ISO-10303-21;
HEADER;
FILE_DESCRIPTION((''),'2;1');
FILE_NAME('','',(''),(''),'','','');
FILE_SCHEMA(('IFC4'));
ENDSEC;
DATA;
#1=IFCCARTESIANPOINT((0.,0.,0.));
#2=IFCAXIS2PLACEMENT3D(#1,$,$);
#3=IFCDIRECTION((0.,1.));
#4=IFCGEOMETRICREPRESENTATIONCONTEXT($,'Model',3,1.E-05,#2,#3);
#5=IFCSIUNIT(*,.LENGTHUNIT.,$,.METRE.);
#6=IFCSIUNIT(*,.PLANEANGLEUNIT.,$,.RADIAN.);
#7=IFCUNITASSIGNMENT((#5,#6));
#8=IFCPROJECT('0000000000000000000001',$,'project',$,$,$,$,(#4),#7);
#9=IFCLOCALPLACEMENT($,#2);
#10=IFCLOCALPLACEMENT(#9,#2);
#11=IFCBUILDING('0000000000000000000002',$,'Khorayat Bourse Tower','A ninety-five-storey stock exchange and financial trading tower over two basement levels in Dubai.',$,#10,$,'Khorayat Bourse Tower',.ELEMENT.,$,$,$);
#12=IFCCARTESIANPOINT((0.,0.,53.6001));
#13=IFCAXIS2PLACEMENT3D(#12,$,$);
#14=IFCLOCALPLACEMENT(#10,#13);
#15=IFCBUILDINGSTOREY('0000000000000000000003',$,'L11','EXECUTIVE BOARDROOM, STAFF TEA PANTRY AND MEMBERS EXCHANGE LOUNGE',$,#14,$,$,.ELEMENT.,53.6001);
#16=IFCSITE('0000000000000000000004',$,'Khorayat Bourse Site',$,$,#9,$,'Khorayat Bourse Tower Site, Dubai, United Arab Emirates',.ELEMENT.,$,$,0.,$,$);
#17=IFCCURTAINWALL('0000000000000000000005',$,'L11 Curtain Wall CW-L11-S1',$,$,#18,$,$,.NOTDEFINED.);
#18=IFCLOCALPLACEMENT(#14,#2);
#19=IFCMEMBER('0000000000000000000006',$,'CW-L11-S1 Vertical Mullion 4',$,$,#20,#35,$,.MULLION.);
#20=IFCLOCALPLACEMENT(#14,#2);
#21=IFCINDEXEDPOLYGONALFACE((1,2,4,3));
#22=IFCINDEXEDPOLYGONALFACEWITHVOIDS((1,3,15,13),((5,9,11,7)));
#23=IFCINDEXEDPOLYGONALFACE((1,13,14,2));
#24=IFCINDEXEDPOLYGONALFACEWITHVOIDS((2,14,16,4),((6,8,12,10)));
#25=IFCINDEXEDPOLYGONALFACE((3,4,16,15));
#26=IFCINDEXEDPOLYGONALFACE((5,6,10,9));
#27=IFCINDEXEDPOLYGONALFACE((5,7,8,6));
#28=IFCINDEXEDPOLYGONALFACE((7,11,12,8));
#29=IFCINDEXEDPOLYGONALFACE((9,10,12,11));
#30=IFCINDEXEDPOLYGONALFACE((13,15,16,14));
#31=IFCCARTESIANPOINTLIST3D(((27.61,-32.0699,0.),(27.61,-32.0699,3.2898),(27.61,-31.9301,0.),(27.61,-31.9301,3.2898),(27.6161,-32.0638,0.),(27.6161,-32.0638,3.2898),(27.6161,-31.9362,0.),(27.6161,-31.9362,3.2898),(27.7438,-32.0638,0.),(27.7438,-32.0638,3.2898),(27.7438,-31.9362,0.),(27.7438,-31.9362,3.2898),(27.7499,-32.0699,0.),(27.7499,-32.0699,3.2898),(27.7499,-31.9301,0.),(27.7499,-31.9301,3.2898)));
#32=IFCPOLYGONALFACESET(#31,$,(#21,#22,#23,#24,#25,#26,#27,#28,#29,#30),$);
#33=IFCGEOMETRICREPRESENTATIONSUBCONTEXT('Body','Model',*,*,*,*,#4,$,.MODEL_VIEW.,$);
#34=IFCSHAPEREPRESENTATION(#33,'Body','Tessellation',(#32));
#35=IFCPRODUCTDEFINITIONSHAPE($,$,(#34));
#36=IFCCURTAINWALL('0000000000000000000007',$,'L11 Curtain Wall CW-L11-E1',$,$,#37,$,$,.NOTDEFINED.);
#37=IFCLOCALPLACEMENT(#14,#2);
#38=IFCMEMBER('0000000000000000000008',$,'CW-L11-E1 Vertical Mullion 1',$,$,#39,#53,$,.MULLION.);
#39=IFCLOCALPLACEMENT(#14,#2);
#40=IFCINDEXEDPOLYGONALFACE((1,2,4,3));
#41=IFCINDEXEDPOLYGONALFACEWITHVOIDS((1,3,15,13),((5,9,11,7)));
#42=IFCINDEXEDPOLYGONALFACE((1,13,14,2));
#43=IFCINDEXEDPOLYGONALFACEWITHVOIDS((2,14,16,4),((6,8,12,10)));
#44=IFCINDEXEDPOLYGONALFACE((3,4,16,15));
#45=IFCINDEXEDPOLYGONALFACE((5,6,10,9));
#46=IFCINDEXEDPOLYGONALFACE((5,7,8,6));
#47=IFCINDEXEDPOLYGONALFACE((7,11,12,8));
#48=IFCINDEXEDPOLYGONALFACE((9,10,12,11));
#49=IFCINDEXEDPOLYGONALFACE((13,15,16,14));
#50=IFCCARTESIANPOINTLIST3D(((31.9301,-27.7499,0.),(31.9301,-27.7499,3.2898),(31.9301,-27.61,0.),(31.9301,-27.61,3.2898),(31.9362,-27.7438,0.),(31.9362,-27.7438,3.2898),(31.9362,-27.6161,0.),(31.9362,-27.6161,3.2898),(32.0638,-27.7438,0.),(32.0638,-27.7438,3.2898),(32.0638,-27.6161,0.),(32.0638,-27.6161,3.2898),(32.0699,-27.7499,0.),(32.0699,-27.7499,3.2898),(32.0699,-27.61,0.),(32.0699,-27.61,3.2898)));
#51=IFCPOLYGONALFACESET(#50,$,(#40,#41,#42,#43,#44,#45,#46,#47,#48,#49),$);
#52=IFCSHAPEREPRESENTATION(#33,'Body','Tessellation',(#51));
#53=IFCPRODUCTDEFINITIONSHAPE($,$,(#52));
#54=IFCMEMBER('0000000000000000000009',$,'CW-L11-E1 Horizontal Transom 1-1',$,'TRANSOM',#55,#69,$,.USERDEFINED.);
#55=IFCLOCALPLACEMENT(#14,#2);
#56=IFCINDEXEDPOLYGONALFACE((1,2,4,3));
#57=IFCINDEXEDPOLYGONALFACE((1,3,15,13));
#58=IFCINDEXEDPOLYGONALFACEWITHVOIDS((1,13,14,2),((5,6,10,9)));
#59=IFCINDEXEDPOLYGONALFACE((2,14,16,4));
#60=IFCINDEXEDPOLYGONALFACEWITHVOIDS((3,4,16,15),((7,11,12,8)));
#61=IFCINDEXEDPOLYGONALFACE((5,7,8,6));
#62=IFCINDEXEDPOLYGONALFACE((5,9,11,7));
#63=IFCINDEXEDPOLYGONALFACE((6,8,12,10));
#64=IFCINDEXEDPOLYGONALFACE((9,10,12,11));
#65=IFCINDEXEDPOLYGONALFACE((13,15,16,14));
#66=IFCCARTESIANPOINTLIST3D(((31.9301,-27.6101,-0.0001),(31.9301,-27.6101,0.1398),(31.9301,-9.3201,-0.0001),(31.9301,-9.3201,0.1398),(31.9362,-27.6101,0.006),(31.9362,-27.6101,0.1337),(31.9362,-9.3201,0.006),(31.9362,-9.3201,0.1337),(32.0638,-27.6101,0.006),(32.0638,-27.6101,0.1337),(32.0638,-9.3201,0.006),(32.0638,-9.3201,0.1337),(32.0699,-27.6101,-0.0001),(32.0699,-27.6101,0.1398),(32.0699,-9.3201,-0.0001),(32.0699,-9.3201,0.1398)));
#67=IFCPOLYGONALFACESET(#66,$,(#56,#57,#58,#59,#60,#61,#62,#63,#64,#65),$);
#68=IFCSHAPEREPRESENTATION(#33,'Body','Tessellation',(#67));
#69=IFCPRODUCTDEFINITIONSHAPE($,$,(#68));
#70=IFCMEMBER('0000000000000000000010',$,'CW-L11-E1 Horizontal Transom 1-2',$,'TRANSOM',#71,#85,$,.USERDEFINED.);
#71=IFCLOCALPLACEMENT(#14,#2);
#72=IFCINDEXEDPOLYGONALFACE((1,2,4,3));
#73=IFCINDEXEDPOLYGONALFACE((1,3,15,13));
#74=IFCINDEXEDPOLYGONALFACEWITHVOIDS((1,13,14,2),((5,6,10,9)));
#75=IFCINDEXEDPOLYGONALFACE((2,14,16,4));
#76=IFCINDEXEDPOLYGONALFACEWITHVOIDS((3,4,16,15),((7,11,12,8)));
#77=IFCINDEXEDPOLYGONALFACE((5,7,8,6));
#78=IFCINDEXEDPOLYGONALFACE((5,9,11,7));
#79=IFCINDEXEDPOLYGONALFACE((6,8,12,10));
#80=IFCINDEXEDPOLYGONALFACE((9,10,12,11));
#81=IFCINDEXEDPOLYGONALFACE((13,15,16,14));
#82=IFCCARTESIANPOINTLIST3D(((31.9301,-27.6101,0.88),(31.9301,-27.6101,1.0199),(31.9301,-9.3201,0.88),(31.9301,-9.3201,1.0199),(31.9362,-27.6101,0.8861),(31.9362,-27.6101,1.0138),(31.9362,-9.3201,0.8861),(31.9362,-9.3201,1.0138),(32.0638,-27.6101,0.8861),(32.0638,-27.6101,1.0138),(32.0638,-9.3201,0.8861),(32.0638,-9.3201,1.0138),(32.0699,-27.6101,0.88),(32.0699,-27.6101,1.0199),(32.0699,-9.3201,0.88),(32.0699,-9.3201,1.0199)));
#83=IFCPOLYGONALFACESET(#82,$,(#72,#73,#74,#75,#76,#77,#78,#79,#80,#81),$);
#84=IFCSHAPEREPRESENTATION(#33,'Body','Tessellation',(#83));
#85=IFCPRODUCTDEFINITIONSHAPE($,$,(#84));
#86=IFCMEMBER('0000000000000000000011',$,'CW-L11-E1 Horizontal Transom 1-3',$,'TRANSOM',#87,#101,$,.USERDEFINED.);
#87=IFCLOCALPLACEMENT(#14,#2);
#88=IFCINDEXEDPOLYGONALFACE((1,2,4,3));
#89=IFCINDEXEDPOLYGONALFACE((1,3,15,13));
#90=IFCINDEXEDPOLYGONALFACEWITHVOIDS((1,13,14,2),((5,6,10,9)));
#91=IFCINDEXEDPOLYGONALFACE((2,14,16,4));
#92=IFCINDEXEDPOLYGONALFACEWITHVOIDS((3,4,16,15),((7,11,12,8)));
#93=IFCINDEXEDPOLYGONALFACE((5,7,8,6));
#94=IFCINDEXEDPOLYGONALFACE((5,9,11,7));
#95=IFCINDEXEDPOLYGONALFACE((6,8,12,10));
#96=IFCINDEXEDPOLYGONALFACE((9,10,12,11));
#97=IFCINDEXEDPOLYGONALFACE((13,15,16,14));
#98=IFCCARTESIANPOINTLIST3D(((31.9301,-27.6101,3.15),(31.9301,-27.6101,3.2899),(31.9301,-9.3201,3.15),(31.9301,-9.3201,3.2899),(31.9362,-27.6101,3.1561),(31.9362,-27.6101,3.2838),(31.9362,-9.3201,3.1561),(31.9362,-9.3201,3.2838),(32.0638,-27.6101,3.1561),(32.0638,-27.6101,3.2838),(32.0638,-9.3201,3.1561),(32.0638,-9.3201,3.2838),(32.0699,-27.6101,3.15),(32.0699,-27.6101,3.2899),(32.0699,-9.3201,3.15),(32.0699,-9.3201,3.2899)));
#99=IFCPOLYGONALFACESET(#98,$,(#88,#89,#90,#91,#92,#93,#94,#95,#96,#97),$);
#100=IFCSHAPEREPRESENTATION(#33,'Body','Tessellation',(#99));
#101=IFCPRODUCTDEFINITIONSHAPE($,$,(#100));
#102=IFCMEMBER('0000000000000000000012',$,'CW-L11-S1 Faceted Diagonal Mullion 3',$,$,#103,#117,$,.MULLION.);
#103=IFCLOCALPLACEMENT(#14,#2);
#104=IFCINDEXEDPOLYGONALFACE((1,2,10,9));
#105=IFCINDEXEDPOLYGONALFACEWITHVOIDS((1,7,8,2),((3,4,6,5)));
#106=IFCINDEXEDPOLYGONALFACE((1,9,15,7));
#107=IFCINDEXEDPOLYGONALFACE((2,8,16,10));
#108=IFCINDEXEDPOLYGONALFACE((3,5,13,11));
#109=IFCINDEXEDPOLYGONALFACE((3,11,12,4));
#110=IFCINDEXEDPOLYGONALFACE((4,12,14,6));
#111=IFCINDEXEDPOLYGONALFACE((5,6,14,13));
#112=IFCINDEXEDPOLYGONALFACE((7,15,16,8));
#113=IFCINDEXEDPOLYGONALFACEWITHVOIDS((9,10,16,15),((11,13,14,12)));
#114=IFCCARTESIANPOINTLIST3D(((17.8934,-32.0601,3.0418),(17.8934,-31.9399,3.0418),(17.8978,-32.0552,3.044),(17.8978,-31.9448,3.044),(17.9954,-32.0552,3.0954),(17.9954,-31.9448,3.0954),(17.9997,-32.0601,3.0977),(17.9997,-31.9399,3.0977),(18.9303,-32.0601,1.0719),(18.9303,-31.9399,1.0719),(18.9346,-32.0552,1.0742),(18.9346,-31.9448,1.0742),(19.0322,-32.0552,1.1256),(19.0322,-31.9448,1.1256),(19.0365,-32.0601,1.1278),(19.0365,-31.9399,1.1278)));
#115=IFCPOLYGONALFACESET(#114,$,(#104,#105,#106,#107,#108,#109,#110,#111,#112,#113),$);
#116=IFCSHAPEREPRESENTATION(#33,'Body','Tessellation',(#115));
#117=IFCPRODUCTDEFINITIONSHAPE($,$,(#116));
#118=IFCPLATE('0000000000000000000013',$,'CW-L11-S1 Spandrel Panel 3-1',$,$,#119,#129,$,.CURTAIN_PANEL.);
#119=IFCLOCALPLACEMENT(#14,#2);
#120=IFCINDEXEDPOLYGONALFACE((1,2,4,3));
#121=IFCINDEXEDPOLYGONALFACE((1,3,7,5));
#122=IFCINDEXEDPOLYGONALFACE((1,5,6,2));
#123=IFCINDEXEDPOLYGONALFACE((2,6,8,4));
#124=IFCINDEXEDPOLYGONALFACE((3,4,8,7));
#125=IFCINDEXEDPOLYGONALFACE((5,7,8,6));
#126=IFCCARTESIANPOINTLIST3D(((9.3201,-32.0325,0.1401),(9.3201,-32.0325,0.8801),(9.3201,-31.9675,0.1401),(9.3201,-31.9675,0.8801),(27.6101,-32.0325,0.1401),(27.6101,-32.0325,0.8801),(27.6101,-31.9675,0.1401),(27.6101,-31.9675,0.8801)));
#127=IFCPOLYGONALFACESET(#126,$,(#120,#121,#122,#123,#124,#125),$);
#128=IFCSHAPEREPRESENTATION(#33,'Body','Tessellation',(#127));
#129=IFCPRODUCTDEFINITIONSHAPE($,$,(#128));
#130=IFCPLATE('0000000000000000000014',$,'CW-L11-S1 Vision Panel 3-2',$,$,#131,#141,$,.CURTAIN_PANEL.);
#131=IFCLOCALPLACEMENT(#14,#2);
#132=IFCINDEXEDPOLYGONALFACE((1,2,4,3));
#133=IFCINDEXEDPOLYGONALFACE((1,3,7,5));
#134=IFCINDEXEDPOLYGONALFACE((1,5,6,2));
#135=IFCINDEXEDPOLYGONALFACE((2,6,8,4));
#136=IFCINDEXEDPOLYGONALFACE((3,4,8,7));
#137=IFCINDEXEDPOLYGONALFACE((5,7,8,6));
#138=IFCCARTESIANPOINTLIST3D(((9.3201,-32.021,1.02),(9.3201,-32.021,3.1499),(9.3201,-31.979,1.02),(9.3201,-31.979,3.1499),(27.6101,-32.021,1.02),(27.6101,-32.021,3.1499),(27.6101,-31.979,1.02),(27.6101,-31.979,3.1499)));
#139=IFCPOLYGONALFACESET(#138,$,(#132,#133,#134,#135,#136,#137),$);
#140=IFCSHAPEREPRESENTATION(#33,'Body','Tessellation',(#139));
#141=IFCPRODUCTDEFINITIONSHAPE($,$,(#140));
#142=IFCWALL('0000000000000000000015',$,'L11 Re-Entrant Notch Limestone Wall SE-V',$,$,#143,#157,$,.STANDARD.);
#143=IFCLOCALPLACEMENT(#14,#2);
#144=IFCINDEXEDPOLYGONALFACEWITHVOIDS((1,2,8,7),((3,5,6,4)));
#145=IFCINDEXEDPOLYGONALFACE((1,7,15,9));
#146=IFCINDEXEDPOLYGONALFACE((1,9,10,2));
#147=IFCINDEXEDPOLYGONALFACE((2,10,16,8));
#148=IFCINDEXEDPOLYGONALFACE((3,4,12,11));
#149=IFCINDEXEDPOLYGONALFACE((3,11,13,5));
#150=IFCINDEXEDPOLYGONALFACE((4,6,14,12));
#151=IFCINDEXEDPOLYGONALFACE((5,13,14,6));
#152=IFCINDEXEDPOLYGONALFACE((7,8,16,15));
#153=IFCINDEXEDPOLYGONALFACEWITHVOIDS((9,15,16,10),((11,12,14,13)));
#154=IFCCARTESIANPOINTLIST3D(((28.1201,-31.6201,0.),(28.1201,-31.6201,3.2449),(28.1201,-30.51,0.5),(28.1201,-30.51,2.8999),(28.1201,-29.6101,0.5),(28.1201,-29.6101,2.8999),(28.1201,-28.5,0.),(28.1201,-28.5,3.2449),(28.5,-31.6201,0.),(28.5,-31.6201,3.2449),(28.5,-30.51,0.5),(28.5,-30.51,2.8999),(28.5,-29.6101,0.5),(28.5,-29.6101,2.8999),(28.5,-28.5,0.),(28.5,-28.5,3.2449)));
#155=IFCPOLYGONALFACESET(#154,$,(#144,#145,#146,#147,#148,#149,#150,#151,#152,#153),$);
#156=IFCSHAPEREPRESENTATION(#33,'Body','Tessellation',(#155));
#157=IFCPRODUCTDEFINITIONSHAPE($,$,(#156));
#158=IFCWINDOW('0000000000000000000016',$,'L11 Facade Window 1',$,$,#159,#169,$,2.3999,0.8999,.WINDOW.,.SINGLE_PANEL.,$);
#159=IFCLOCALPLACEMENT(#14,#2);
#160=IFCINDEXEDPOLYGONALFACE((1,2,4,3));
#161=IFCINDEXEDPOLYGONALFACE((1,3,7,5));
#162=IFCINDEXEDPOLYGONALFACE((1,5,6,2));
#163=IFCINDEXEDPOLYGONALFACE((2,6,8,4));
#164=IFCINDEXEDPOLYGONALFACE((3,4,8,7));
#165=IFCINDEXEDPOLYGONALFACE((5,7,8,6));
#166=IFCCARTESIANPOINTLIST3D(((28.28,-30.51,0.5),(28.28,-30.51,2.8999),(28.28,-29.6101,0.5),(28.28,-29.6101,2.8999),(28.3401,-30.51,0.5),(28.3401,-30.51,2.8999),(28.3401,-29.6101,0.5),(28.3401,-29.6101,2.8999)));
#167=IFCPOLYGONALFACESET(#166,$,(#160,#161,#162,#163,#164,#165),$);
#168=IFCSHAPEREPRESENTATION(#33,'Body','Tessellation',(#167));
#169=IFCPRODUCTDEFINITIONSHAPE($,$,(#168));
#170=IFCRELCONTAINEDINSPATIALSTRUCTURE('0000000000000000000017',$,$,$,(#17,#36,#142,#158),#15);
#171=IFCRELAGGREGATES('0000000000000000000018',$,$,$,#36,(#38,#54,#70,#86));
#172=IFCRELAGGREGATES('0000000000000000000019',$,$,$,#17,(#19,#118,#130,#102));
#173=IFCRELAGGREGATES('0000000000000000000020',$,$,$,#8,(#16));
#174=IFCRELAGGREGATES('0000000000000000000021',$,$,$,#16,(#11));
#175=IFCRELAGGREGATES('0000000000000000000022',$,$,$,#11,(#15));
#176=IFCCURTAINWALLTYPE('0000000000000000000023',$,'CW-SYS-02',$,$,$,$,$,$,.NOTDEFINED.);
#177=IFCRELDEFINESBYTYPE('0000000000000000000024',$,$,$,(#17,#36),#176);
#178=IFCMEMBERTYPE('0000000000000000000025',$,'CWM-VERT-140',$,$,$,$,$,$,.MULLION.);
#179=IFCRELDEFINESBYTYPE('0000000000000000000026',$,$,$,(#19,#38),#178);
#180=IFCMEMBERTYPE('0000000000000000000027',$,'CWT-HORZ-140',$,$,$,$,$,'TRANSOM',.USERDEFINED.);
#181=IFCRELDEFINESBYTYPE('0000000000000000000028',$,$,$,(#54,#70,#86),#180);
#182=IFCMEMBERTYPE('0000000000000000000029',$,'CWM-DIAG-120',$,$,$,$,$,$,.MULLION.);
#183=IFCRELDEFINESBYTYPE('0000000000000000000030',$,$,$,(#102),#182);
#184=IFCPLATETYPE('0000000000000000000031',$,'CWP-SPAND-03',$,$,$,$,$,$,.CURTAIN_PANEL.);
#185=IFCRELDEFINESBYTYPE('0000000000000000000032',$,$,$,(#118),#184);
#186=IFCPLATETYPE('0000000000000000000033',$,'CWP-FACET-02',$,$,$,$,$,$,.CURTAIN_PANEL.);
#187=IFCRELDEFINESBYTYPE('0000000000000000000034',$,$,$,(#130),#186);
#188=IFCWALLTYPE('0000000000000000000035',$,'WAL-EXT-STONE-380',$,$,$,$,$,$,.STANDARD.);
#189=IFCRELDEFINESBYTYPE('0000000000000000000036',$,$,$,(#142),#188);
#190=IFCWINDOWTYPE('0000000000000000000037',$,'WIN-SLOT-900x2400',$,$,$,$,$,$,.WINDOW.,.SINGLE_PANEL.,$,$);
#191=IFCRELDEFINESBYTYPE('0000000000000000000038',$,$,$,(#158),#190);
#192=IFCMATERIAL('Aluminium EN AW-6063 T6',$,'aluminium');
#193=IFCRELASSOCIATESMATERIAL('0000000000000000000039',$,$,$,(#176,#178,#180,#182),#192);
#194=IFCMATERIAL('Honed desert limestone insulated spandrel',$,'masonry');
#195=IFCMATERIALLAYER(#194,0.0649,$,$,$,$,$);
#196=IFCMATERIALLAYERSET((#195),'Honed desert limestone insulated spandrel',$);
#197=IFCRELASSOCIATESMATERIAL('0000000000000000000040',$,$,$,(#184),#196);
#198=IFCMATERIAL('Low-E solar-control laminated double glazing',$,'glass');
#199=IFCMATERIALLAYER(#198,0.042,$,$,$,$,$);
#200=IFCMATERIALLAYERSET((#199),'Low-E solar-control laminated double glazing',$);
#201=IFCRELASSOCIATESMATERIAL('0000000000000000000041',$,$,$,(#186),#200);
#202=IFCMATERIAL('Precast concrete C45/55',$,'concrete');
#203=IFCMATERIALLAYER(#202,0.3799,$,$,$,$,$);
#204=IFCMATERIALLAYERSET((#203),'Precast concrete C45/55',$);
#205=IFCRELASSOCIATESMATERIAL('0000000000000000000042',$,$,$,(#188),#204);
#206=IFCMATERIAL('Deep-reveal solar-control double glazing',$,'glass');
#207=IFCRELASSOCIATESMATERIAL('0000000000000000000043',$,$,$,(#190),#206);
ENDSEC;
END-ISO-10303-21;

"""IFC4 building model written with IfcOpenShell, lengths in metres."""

from ifc_helpers import new_model, si_unit, direction, frame, frame_2d, origin, origin_2d, place, context, subcontext, project, spatial, rectangle, hollow_rectangle, extrude, source, transform, mapped, material, layer, layer_set, material_profile, profile_set, type_object, element, fill, aggregate, save


model = new_model("IFC4")

# Units and contexts
model_context = context("Model", 3, precision=1e-05, world=origin(), true_north=direction((0.0, 1.0)))
body_context = subcontext(model_context, "Body", "Model", "MODEL_VIEW")
ifc_project = project(units=[si_unit("LENGTHUNIT", "METRE"), si_unit("PLANEANGLEUNIT", "RADIAN")], contexts=[model_context])

# Site, building, storey
site_placement = place(None, origin())
site = spatial("IfcSite", under=ifc_project, at=site_placement, Name="Khorayat Bourse Site", LongName="Khorayat Bourse Tower Site, Dubai, United Arab Emirates", CompositionType="ELEMENT", RefElevation=0.0)
building_placement = place(site_placement, origin())
building = spatial("IfcBuilding", under=site, at=building_placement, Name="Khorayat Bourse Tower", Description="A ninety-five-storey stock exchange and financial trading tower over two basement levels in Dubai.", LongName="Khorayat Bourse Tower", CompositionType="ELEMENT")
storey_placement = place(building_placement, frame((0.0, 0.0, 53.6001)))
storey = spatial("IfcBuildingStorey", under=building, at=storey_placement, Name="L11", Description="EXECUTIVE BOARDROOM, STAFF TEA PANTRY AND MEMBERS EXCHANGE LOUNGE", CompositionType="ELEMENT", Elevation=53.6001)

# Curtain wall, member
ifc_material_1 = material(Name="Aluminium EN AW-6063 T6", Category="aluminium")
curtain_wall_type = type_object("IfcCurtainWallType", Name="CW-SYS-02", PredefinedType="NOTDEFINED", material=ifc_material_1)
curtain_wall_1_placement = place(storey_placement, origin())
curtain_wall_1 = element("IfcCurtainWall", 1, at=curtain_wall_1_placement, inside=storey, type_object=curtain_wall_type, Name="L11 Curtain Wall CW-L11-S1", PredefinedType="NOTDEFINED")
ifc_material_profile_1 = material_profile(ifc_material_1, hollow_rectangle(XDim=0.1399, YDim=0.1399, WallThickness=0.0061, at=origin_2d()), Name="ALU 140x140x6")
ifc_profile_set_1 = profile_set([ifc_material_profile_1], Name="Aluminium EN AW-6063 T6")
member_type_1 = type_object("IfcMemberType", Name="CWM-VERT-140", PredefinedType="MULLION", material=ifc_profile_set_1)
shared_shape_1 = source(origin(), body_context, "Body", "SweptSolid", [
    extrude(hollow_rectangle(XDim=0.1399, YDim=0.1399, WallThickness=0.0061, at=origin_2d()), origin(), (0.0, 0.0, 1.0), 3.2898),
])
member_1_placement = place(storey_placement, frame((27.6799, -32.0, 0.0), z_axis=(0.0, 0.0, 1.0), x_axis=(0.0, 1.0, 0.0)))
member_1 = element("IfcMember", 2, at=member_1_placement, type_object=member_type_1, Name="CW-L11-S1 Vertical Mullion 4", PredefinedType="MULLION", context=body_context, shape_type="MappedRepresentation", body=[
    mapped(shared_shape_1, transform((0.0, 0.0, 0.0), scale=1.0)),
])

# Curtain wall, members
curtain_wall_2_placement = place(storey_placement, origin())
curtain_wall_2 = element("IfcCurtainWall", 3, at=curtain_wall_2_placement, inside=storey, type_object=curtain_wall_type, Name="L11 Curtain Wall CW-L11-E1", PredefinedType="NOTDEFINED")
member_2_placement = place(storey_placement, frame((32.0, -27.6799, 0.0), z_axis=(0.0, 0.0, 1.0), x_axis=(-1.0, 0.0, 0.0)))
member_2 = element("IfcMember", 4, at=member_2_placement, type_object=member_type_1, Name="CW-L11-E1 Vertical Mullion 1", PredefinedType="MULLION", context=body_context, shape_type="MappedRepresentation", body=[
    mapped(shared_shape_1, transform((0.0, 0.0, 0.0), scale=1.0)),
])
ifc_material_profile_2 = material_profile(ifc_material_1, hollow_rectangle(XDim=0.1399, YDim=0.1399, WallThickness=0.0061, at=origin_2d()), Name="ALU 140x140x6")
ifc_profile_set_2 = profile_set([ifc_material_profile_2], Name="Aluminium EN AW-6063 T6")
member_type_2 = type_object("IfcMemberType", Name="CWT-HORZ-140", ElementType="TRANSOM", PredefinedType="USERDEFINED", material=ifc_profile_set_2)
shared_shape_2 = source(origin(), body_context, "Body", "SweptSolid", [
    extrude(hollow_rectangle(XDim=0.1399, YDim=0.1399, WallThickness=0.0061, at=origin_2d()), origin(), (0.0, 0.0, 1.0), 18.29),
])
member_3_placement = place(storey_placement, frame((32.0, -27.6101, 0.0698), z_axis=(0.0, 1.0, 0.0), x_axis=(-1.0, 0.0, 0.0)))
member_3 = element("IfcMember", 5, at=member_3_placement, type_object=member_type_2, Name="CW-L11-E1 Horizontal Transom 1-1", ObjectType="TRANSOM", PredefinedType="USERDEFINED", context=body_context, shape_type="MappedRepresentation", body=[
    mapped(shared_shape_2, transform((0.0, 0.0, 0.0), scale=1.0)),
])
member_4_placement = place(storey_placement, frame((32.0, -27.6101, 0.95), z_axis=(0.0, 1.0, 0.0), x_axis=(-1.0, 0.0, 0.0)))
member_4 = element("IfcMember", 6, at=member_4_placement, type_object=member_type_2, Name="CW-L11-E1 Horizontal Transom 1-2", ObjectType="TRANSOM", PredefinedType="USERDEFINED", context=body_context, shape_type="MappedRepresentation", body=[
    mapped(shared_shape_2, transform((0.0, 0.0, 0.0), scale=1.0)),
])
member_5_placement = place(storey_placement, frame((32.0, -27.6101, 3.22), z_axis=(0.0, 1.0, 0.0), x_axis=(-1.0, 0.0, 0.0)))
member_5 = element("IfcMember", 7, at=member_5_placement, type_object=member_type_2, Name="CW-L11-E1 Horizontal Transom 1-3", ObjectType="TRANSOM", PredefinedType="USERDEFINED", context=body_context, shape_type="MappedRepresentation", body=[
    mapped(shared_shape_2, transform((0.0, 0.0, 0.0), scale=1.0)),
])
aggregate(curtain_wall_2, [member_2, member_3, member_4, member_5])

# Member
ifc_material_profile_3 = material_profile(ifc_material_1, hollow_rectangle(XDim=0.1201, YDim=0.1201, WallThickness=0.0049, at=origin_2d()), Name="ALU 120x120x5")
ifc_profile_set_3 = profile_set([ifc_material_profile_3], Name="Aluminium EN AW-6063 T6")
member_type_3 = type_object("IfcMemberType", Name="CWM-DIAG-120", PredefinedType="MULLION", material=ifc_profile_set_3)
shared_shape_3 = source(origin(), body_context, "Body", "SweptSolid", [
    extrude(hollow_rectangle(XDim=0.1201, YDim=0.1201, WallThickness=0.0049, at=origin_2d()), origin(), (0.0, 0.0, 1.0), 2.2261),
])
member_6_placement = place(storey_placement, frame((18.9834, -32.0, 1.0999), z_axis=(-0.46576, 0.0, 0.884911), x_axis=(0.0, -1.0, 0.0)))
member_6 = element("IfcMember", 8, at=member_6_placement, type_object=member_type_3, Name="CW-L11-S1 Faceted Diagonal Mullion 3", PredefinedType="MULLION", context=body_context, shape_type="MappedRepresentation", body=[
    mapped(shared_shape_3, transform((0.0, 0.0, 0.0), scale=1.0)),
])

# Plates
ifc_material_2 = material(Name="Honed desert limestone insulated spandrel", Category="masonry")
ifc_layer_1 = layer(ifc_material_2, 0.0649)
ifc_layer_set_1 = layer_set([ifc_layer_1], Name="Honed desert limestone insulated spandrel")
plate_type_1 = type_object("IfcPlateType", Name="CWP-SPAND-03", PredefinedType="CURTAIN_PANEL", material=ifc_layer_set_1)
shared_shape_4 = source(origin(), body_context, "Body", "SweptSolid", [
    extrude(rectangle(XDim=18.29, YDim=0.0649, at=origin_2d()), origin(), (0.0, 0.0, 1.0), 0.74),
])
plate_1_placement = place(storey_placement, frame((18.4651, -32.0, 0.1401), z_axis=(0.0, 0.0, 1.0), x_axis=(1.0, 0.0, 0.0)))
plate_1 = element("IfcPlate", 9, at=plate_1_placement, type_object=plate_type_1, Name="CW-L11-S1 Spandrel Panel 3-1", PredefinedType="CURTAIN_PANEL", context=body_context, shape_type="MappedRepresentation", body=[
    mapped(shared_shape_4, transform((0.0, 0.0, 0.0), scale=1.0)),
])
ifc_material_3 = material(Name="Low-E solar-control laminated double glazing", Category="glass")
ifc_layer_2 = layer(ifc_material_3, 0.042)
ifc_layer_set_2 = layer_set([ifc_layer_2], Name="Low-E solar-control laminated double glazing")
plate_type_2 = type_object("IfcPlateType", Name="CWP-FACET-02", PredefinedType="CURTAIN_PANEL", material=ifc_layer_set_2)
shared_shape_5 = source(origin(), body_context, "Body", "SweptSolid", [
    extrude(rectangle(XDim=18.29, YDim=0.042, at=origin_2d()), origin(), (0.0, 0.0, 1.0), 2.1299),
])
plate_2_placement = place(storey_placement, frame((18.4651, -32.0, 1.02), z_axis=(0.0, 0.0, 1.0), x_axis=(1.0, 0.0, 0.0)))
plate_2 = element("IfcPlate", 10, at=plate_2_placement, type_object=plate_type_2, Name="CW-L11-S1 Vision Panel 3-2", PredefinedType="CURTAIN_PANEL", context=body_context, shape_type="MappedRepresentation", body=[
    mapped(shared_shape_5, transform((0.0, 0.0, 0.0), scale=1.0)),
])
aggregate(curtain_wall_1, [member_1, plate_1, plate_2, member_6])

# Wall, opening, window
ifc_material_4 = material(Name="Precast concrete C45/55", Category="concrete")
ifc_layer_3 = layer(ifc_material_4, 0.3799)
ifc_layer_set_3 = layer_set([ifc_layer_3], Name="Precast concrete C45/55")
wall_type_1 = type_object("IfcWallType", Name="WAL-EXT-STONE-380", PredefinedType="STANDARD", material=ifc_layer_set_3)
shared_shape_6 = source(origin(), body_context, "Body", "SweptSolid", [
    extrude(rectangle(XDim=3.1201, YDim=0.3799, at=frame_2d((1.5601, 0.0))), origin(), (0.0, 0.0, 1.0), 3.2449),
])
wall_1_placement = place(storey_placement, frame((28.3101, -31.6201, 0.0), z_axis=(0.0, 0.0, 1.0), x_axis=(0.0, 1.0, 0.0)))
wall_1 = element("IfcWall", 11, at=wall_1_placement, inside=storey, type_object=wall_type_1, Name="L11 Re-Entrant Notch Limestone Wall SE-V", PredefinedType="STANDARD", context=body_context, shape_type="MappedRepresentation", body=[
    mapped(shared_shape_6, transform((0.0, 0.0, 0.0), scale=1.0)),
])
shared_shape_7 = source(origin(), body_context, "Body", "SweptSolid", [
    extrude(rectangle(XDim=0.8999, YDim=2.3999, at=frame_2d((0.45, 1.2))), frame((0.0, 0.2, 0.0), z_axis=(0.0, -1.0, 0.0), x_axis=(1.0, 0.0, 0.0)), (0.0, 0.0, 1.0), 0.3999),
])
opening_1_placement = place(wall_1_placement, frame((1.1101, 0.0, 0.5)))
opening_1 = element("IfcOpeningElement", 12, at=opening_1_placement, cuts=wall_1, PredefinedType="OPENING", context=body_context, shape_type="MappedRepresentation", body=[
    mapped(shared_shape_7, transform((0.0, 0.0, 0.0), scale=1.0)),
])
ifc_material_5 = material(Name="Deep-reveal solar-control double glazing", Category="glass")
window_type = type_object("IfcWindowType", Name="WIN-SLOT-900x2400", PartitioningType="SINGLE_PANEL", PredefinedType="WINDOW", material=ifc_material_5)
shared_shape_8 = source(origin(), body_context, "Body", "SweptSolid", [
    extrude(rectangle(XDim=0.8999, YDim=2.3999, at=frame_2d((0.45, 1.2))), frame((0.0, 0.03, 0.0), z_axis=(0.0, -1.0, 0.0), x_axis=(1.0, 0.0, 0.0)), (0.0, 0.0, 1.0), 0.0601),
])
window_1_placement = place(opening_1_placement, origin())
window_1 = element("IfcWindow", 13, at=window_1_placement, inside=storey, type_object=window_type, Name="L11 Facade Window 1", OverallHeight=2.3999, OverallWidth=0.8999, PartitioningType="SINGLE_PANEL", PredefinedType="WINDOW", context=body_context, shape_type="MappedRepresentation", body=[
    mapped(shared_shape_8, transform((0.0, 0.0, 0.0), scale=1.0)),
])
fill(opening_1, window_1)

save(model, "model.ifc")
